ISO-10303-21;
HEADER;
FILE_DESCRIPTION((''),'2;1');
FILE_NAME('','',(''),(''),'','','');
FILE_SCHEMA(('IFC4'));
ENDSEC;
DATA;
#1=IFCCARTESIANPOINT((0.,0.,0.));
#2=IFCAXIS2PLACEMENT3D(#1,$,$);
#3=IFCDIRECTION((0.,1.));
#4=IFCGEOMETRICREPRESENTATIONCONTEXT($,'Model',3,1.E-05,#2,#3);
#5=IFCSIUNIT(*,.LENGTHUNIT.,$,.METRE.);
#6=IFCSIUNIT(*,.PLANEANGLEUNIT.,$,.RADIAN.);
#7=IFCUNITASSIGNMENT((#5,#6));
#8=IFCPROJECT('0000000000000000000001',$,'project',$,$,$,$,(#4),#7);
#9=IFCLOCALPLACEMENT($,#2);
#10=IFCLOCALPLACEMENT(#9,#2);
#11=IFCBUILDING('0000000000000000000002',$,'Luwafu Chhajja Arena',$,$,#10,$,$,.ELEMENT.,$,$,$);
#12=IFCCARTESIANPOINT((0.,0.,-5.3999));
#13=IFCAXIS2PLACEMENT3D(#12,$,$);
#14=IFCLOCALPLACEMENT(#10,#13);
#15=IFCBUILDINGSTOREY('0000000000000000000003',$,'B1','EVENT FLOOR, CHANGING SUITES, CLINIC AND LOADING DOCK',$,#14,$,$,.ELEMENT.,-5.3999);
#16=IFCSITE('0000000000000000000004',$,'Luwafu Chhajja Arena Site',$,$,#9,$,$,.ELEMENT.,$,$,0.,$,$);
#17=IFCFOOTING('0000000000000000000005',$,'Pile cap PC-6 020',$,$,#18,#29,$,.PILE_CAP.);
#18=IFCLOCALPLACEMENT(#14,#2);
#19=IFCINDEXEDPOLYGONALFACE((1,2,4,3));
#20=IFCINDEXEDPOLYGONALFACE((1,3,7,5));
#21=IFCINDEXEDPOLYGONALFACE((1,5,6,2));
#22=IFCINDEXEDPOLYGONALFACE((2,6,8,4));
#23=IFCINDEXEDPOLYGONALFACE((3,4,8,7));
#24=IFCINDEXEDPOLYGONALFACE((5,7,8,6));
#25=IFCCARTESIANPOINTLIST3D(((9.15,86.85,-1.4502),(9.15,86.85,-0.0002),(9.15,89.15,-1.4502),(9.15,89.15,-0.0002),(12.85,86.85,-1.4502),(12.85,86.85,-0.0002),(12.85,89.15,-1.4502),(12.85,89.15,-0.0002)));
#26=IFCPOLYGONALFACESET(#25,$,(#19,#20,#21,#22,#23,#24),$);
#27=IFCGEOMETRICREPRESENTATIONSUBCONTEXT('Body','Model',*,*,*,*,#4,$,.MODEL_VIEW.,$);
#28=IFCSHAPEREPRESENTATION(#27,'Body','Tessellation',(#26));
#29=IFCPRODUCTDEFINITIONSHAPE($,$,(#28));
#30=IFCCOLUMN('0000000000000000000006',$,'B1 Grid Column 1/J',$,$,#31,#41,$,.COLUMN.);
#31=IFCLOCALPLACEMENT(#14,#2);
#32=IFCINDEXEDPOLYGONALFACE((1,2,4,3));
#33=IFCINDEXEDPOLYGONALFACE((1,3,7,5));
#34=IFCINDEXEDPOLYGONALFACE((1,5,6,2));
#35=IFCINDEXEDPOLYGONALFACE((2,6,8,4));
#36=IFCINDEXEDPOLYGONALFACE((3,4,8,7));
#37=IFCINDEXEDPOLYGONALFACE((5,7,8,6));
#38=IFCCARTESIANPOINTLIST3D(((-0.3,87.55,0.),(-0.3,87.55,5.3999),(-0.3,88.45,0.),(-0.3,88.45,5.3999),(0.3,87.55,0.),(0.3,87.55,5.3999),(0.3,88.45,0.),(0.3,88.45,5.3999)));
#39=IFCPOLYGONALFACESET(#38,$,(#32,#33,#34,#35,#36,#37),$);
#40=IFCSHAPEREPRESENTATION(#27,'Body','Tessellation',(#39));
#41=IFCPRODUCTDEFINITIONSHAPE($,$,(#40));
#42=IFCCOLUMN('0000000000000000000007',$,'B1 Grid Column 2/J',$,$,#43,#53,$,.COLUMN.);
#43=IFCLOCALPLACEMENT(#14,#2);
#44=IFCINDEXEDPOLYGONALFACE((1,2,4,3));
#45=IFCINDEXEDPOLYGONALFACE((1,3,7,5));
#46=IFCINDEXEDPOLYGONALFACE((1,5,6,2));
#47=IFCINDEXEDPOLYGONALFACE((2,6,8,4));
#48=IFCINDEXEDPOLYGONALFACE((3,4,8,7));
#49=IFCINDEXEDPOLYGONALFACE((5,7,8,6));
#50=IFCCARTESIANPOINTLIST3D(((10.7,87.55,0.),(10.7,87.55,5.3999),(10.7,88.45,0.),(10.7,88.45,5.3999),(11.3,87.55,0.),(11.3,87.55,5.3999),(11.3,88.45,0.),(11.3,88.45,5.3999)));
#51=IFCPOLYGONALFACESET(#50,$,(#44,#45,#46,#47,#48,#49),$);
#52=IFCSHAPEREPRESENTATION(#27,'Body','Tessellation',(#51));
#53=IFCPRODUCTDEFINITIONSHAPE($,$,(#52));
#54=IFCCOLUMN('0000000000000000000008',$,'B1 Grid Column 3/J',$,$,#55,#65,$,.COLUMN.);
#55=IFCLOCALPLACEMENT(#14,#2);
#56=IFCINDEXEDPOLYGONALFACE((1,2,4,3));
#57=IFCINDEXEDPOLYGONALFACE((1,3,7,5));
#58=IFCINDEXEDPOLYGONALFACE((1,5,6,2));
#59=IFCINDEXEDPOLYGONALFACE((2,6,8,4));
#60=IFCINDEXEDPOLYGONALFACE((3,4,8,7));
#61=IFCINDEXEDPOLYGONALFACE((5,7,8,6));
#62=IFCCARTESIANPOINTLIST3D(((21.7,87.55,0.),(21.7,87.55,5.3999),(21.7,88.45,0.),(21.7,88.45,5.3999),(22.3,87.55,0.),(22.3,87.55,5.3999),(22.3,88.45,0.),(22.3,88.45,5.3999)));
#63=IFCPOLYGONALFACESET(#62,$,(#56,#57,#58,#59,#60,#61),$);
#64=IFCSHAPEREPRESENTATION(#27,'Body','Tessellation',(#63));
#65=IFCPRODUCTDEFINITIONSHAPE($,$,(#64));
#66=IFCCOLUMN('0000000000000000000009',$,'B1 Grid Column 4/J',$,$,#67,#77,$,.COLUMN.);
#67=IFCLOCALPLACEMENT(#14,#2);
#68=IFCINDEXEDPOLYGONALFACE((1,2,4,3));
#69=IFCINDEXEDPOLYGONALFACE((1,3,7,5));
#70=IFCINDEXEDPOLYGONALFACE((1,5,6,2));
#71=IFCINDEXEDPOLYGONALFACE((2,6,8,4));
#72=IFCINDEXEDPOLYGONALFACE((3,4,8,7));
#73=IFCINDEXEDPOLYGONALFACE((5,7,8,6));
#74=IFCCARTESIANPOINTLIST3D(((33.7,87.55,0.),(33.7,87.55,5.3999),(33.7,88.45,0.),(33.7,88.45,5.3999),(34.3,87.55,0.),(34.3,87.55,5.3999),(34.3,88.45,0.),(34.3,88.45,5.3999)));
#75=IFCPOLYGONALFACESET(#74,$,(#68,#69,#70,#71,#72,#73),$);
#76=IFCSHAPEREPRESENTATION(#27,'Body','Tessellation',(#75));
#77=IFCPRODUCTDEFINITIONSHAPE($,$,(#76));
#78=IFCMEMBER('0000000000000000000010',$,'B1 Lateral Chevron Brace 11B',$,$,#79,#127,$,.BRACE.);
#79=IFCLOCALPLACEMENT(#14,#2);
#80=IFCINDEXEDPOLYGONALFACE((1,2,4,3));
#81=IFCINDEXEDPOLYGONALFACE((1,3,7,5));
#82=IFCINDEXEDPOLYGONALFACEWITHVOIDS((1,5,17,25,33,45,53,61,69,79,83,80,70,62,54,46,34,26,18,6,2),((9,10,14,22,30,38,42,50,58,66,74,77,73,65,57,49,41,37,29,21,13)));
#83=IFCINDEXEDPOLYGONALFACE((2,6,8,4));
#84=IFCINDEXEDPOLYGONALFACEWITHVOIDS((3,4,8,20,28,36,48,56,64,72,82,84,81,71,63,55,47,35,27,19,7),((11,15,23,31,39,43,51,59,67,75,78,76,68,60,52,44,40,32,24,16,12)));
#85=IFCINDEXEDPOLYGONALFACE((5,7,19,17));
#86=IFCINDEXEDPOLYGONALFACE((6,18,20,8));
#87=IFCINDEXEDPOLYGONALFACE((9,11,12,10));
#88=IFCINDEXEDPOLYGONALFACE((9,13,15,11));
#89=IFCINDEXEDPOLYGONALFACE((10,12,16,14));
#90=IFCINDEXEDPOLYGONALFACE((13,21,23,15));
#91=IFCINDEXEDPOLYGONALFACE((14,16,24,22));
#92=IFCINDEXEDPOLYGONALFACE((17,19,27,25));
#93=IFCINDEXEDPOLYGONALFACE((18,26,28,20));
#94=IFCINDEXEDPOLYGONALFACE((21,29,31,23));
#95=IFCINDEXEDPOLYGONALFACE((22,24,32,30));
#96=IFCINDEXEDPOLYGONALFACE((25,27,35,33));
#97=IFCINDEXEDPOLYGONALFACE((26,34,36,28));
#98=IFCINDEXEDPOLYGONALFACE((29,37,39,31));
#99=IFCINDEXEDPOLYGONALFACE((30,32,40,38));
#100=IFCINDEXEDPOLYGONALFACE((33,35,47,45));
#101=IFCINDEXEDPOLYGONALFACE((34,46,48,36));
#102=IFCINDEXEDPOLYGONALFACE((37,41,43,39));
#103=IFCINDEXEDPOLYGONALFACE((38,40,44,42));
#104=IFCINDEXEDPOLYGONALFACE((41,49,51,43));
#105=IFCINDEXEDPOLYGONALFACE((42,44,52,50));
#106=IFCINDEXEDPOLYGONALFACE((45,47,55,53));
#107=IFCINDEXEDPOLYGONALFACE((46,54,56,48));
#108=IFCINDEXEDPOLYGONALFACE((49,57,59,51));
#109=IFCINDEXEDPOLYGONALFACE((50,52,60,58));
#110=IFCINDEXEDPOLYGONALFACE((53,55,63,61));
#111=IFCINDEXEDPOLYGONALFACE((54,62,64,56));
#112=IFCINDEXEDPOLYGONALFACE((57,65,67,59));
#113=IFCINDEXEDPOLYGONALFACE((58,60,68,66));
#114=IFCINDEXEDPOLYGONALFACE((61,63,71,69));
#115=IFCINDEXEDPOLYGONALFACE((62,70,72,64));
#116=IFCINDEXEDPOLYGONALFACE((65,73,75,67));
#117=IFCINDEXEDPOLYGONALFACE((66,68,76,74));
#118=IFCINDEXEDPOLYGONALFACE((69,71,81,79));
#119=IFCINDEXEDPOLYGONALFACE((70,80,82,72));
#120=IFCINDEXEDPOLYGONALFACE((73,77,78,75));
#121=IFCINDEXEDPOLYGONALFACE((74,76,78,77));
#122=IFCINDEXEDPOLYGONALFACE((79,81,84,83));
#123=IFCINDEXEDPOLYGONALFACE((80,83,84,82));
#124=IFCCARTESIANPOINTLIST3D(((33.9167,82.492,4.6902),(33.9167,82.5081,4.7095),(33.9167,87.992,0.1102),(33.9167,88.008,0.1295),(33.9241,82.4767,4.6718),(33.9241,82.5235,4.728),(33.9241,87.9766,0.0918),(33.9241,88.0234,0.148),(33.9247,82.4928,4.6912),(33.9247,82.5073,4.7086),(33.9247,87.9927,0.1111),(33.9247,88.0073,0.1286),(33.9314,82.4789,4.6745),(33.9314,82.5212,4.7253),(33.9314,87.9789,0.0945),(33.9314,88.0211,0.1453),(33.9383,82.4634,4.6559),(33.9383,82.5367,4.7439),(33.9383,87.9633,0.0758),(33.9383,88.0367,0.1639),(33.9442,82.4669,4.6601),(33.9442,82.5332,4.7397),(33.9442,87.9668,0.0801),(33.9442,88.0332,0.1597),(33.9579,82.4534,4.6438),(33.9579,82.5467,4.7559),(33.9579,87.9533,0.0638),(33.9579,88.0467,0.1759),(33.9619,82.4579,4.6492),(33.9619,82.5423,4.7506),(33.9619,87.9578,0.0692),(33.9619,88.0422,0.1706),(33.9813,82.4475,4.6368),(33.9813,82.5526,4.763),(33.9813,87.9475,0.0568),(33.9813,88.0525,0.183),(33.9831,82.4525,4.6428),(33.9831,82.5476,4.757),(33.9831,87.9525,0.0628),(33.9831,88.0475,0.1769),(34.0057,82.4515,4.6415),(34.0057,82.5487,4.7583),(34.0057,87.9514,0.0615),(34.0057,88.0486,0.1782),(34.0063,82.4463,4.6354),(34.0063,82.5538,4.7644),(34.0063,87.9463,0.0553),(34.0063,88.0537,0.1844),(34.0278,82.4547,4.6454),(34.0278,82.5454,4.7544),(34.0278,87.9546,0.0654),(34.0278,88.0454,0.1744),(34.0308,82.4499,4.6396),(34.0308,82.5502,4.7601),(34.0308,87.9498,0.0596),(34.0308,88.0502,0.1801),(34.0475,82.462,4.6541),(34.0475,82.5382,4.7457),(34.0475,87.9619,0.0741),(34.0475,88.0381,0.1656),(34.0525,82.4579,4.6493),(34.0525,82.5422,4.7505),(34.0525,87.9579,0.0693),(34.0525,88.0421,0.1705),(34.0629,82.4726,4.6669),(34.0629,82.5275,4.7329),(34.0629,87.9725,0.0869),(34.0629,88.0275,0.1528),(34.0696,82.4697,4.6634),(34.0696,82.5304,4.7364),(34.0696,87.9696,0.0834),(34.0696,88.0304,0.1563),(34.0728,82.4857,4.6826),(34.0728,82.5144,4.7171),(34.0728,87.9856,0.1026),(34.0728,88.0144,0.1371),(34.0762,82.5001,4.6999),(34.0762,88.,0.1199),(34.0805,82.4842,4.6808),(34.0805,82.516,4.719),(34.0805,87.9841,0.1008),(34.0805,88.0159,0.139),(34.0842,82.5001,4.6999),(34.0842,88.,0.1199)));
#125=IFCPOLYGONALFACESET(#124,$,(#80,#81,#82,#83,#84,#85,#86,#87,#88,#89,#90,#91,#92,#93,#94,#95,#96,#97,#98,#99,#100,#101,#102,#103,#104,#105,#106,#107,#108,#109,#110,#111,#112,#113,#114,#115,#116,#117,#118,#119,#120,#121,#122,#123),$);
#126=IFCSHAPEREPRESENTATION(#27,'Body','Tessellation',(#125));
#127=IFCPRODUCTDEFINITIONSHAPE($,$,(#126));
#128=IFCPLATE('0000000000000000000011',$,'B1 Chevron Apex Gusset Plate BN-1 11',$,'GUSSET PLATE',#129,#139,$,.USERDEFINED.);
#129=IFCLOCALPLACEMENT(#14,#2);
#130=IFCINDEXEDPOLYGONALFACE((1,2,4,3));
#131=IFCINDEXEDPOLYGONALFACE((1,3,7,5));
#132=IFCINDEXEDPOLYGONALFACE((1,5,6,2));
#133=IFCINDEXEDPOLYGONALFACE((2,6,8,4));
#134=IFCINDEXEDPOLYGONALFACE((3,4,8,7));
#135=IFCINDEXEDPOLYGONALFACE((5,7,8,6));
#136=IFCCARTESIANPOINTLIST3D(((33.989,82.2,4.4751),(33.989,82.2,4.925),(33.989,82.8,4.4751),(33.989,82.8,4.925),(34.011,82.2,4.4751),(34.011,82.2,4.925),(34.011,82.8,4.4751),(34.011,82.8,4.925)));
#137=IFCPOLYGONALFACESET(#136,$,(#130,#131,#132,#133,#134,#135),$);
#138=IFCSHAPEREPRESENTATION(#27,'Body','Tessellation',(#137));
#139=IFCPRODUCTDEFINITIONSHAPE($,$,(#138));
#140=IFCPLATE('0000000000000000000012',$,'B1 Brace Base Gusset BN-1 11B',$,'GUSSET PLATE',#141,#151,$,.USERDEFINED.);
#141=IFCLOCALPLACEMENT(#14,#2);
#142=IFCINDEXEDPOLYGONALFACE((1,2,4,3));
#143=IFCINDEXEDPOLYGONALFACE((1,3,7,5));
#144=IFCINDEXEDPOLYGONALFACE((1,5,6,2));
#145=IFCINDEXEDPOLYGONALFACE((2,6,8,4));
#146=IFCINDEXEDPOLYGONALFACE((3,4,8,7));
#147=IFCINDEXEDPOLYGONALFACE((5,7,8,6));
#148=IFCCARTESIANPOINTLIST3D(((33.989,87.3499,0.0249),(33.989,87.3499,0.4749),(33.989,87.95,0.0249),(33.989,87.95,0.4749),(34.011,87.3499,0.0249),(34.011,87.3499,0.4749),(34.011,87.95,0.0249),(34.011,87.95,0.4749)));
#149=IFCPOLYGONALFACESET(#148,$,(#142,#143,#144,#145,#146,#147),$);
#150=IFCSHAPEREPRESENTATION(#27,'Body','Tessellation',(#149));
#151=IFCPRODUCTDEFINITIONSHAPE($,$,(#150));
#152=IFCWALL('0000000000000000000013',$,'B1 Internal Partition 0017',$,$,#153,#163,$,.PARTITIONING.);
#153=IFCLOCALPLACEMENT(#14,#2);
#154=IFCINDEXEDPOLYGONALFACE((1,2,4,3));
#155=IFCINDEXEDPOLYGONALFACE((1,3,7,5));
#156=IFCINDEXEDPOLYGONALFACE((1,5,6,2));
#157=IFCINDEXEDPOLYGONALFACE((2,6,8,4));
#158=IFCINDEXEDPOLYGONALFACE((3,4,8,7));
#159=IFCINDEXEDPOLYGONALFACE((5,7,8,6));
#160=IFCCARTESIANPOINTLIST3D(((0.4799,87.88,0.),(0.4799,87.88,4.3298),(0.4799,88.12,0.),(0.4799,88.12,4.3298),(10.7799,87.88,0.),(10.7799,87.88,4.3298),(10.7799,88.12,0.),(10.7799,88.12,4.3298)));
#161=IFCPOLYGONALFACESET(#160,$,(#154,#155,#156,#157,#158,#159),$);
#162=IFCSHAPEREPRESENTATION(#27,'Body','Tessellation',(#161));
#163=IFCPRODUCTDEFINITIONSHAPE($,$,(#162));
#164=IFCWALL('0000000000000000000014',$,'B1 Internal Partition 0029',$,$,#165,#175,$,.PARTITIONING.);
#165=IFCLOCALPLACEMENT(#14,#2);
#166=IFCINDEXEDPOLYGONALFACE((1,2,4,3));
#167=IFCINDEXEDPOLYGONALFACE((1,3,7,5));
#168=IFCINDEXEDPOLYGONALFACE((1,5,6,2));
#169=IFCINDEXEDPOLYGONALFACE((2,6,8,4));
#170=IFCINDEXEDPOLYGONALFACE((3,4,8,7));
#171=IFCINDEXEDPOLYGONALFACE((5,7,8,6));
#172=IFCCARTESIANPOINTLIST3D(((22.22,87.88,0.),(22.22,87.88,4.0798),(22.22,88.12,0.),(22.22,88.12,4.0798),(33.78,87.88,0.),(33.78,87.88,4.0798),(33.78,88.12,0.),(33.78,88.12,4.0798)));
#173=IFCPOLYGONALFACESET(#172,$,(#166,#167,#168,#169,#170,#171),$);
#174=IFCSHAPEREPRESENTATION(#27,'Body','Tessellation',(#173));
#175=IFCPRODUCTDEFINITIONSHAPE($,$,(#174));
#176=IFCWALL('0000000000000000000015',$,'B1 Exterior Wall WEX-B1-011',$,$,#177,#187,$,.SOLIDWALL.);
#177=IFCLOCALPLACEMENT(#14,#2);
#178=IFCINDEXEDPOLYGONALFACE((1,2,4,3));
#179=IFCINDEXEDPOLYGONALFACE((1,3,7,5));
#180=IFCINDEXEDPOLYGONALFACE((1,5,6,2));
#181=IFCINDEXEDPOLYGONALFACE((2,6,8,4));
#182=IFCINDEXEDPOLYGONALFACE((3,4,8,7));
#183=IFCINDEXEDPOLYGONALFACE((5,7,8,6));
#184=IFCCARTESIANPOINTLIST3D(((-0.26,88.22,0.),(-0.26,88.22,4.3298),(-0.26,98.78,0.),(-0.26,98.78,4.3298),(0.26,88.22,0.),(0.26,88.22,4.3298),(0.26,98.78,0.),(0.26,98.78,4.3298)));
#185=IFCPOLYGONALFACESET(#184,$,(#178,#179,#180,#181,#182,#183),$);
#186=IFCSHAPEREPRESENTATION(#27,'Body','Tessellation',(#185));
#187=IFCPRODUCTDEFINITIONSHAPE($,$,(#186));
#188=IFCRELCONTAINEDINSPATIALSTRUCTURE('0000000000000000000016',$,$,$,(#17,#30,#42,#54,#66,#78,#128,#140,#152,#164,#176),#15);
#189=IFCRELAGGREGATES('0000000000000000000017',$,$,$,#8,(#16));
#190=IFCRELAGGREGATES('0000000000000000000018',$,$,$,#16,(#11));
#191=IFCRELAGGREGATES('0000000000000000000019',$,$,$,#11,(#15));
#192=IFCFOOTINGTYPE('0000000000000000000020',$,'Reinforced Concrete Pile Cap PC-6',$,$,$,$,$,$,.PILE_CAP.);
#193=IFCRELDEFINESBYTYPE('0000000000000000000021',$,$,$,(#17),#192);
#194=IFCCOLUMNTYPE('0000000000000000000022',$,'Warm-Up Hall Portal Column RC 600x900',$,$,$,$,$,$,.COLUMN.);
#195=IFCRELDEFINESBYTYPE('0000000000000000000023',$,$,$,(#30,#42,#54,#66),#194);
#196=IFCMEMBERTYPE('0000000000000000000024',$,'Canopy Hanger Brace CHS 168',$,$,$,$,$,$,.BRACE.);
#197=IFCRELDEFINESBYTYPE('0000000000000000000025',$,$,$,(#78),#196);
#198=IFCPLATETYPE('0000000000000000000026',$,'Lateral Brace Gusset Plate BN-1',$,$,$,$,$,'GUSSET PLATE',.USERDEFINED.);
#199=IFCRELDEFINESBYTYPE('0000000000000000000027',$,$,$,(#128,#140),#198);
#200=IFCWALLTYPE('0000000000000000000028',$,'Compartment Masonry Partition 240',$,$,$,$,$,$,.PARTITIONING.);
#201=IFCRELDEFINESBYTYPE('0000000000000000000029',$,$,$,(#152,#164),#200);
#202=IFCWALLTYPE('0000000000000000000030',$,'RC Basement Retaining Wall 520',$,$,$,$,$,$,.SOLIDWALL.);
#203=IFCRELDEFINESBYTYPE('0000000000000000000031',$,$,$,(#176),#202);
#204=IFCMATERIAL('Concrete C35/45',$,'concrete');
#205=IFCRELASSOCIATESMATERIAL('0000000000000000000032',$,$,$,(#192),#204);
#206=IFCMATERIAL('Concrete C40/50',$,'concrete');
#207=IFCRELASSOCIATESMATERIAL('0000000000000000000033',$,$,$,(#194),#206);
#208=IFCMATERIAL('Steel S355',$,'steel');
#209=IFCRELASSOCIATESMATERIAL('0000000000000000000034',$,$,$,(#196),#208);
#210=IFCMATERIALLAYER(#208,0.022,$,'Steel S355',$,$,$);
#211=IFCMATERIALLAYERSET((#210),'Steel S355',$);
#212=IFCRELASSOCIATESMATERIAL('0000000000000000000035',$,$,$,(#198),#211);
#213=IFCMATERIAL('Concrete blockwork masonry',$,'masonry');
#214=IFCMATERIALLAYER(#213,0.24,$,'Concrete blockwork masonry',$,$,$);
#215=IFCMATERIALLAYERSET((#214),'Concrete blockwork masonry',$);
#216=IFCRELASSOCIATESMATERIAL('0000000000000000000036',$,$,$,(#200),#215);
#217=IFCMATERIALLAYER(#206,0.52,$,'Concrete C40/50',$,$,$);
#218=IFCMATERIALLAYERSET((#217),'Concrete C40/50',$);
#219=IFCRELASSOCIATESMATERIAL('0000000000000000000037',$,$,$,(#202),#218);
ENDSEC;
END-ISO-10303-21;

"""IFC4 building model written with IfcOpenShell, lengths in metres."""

from ifc_helpers import new_model, si_unit, direction, frame, frame_2d, origin, origin_2d, place, context, subcontext, project, spatial, rectangle, hollow_circle, extrude, material, layer, layer_set, material_profile, profile_set, type_object, element, save


model = new_model("IFC4")

# Units and contexts
model_context = context("Model", 3, precision=1e-05, world=origin(), true_north=direction((0.0, 1.0)))
body_context = subcontext(model_context, "Body", "Model", "MODEL_VIEW")
ifc_project = project(units=[si_unit("LENGTHUNIT", "METRE"), si_unit("PLANEANGLEUNIT", "RADIAN")], contexts=[model_context])

# Site, building, storey
site_placement = place(None, origin())
site = spatial("IfcSite", under=ifc_project, at=site_placement, Name="Luwafu Chhajja Arena Site", CompositionType="ELEMENT", RefElevation=0.0)
building_placement = place(site_placement, origin())
building = spatial("IfcBuilding", under=site, at=building_placement, Name="Luwafu Chhajja Arena", CompositionType="ELEMENT")
storey_placement = place(building_placement, frame((0.0, 0.0, -5.3999)))
storey = spatial("IfcBuildingStorey", under=building, at=storey_placement, Name="B1", Description="EVENT FLOOR, CHANGING SUITES, CLINIC AND LOADING DOCK", CompositionType="ELEMENT", Elevation=-5.3999)

# Shared definitions
ifc_material_1 = material(Name="Concrete C35/45", Category="concrete")

# Footing
footing_type_1 = type_object("IfcFootingType", Name="Reinforced Concrete Pile Cap PC-6", PredefinedType="PILE_CAP", material=ifc_material_1)
footing_1_placement = place(storey_placement, frame((11.0, 88.0, -1.4502), z_axis=(0.0, 0.0, 1.0), x_axis=(1.0, 0.0, 0.0)))
element("IfcFooting", 1, at=footing_1_placement, inside=storey, type_object=footing_type_1, Name="Pile cap PC-6 020", PredefinedType="PILE_CAP", context=body_context, shape_type="SweptSolid", body=[
    extrude(rectangle(XDim=3.7, YDim=2.3, at=origin_2d()), origin(), (0.0, 0.0, 1.0), 1.45),
])

# Columns
ifc_material_2 = material(Name="Concrete C40/50", Category="concrete")
ifc_material_profile_1 = material_profile(ifc_material_2, rectangle(XDim=0.6001, YDim=0.8999, at=origin_2d()), Name="RC 600x900")
ifc_profile_set_1 = profile_set([ifc_material_profile_1], Name="Concrete C40/50")
column_type = type_object("IfcColumnType", Name="Warm-Up Hall Portal Column RC 600x900", PredefinedType="COLUMN", material=ifc_profile_set_1)
for number, where, z_axis, x_axis, name in (
    (2, (0.0, 88.0, 0.0), (0.0, 0.0, 1.0), (1.0, 0.0, 0.0), "B1 Grid Column 1/J"),
    (3, (11.0, 88.0, 0.0), (0.0, 0.0, 1.0), (1.0, 0.0, 0.0), "B1 Grid Column 2/J"),
    (4, (22.0, 88.0, 0.0), (0.0, 0.0, 1.0), (1.0, 0.0, 0.0), "B1 Grid Column 3/J"),
    (5, (34.0, 88.0, 0.0), (0.0, 0.0, 1.0), (1.0, 0.0, 0.0), "B1 Grid Column 4/J"),
):
    element("IfcColumn", number, at=place(storey_placement, frame(where, z_axis=z_axis, x_axis=x_axis)), inside=storey, type_object=column_type, Name=name, PredefinedType="COLUMN", context=body_context, shape_type="SweptSolid", body=[
        extrude(rectangle(XDim=0.6001, YDim=0.8999, at=origin_2d()), origin(), (0.0, 0.0, 1.0), 5.3999),
    ])

# Member
ifc_material_3 = material(Name="Steel S355", Category="steel")
ifc_material_profile_2 = material_profile(ifc_material_3, hollow_circle(Radius=0.0842, WallThickness=0.0081, at=origin_2d()), Name="CHS 168.3x8")
ifc_profile_set_2 = profile_set([ifc_material_profile_2], Name="Steel S355")
member_type = type_object("IfcMemberType", Name="Canopy Hanger Brace CHS 168", PredefinedType="BRACE", material=ifc_profile_set_2)
member_placement = place(storey_placement, frame((34.0, 88.0, 0.1199), z_axis=(0.0, -0.768445, 0.639916), x_axis=(1.0, 0.0, 0.0)))
element("IfcMember", 6, at=member_placement, inside=storey, type_object=member_type, Name="B1 Lateral Chevron Brace 11B", PredefinedType="BRACE", context=body_context, shape_type="SweptSolid", body=[
    extrude(hollow_circle(Radius=0.0842, WallThickness=0.0081, at=origin_2d()), origin(), (0.0, 0.0, 1.0), 7.1572),
])

# Plates
ifc_layer_1 = layer(ifc_material_3, 0.022, Name="Steel S355")
ifc_layer_set_1 = layer_set([ifc_layer_1], Name="Steel S355")
plate_type = type_object("IfcPlateType", Name="Lateral Brace Gusset Plate BN-1", ElementType="GUSSET PLATE", PredefinedType="USERDEFINED", material=ifc_layer_set_1)
for number, where, z_axis, x_axis, name in (
    (7, (34.0, 82.5, 4.4751), (0.0, 0.0, 1.0), (1.0, 0.0, 0.0), "B1 Chevron Apex Gusset Plate BN-1 11"),
    (8, (34.0, 87.6499, 0.0249), (0.0, 0.0, 1.0), (1.0, 0.0, 0.0), "B1 Brace Base Gusset BN-1 11B"),
):
    element("IfcPlate", number, at=place(storey_placement, frame(where, z_axis=z_axis, x_axis=x_axis)), inside=storey, type_object=plate_type, Name=name, ObjectType="GUSSET PLATE", PredefinedType="USERDEFINED", context=body_context, shape_type="SweptSolid", body=[
        extrude(rectangle(XDim=0.022, YDim=0.6001, at=origin_2d()), origin(), (0.0, 0.0, 1.0), 0.45),
    ])

# Walls
ifc_material_4 = material(Name="Concrete blockwork masonry", Category="masonry")
ifc_layer_2 = layer(ifc_material_4, 0.24, Name="Concrete blockwork masonry")
ifc_layer_set_2 = layer_set([ifc_layer_2], Name="Concrete blockwork masonry")
wall_type_1 = type_object("IfcWallType", Name="Compartment Masonry Partition 240", PredefinedType="PARTITIONING", material=ifc_layer_set_2)
wall_1_placement = place(storey_placement, frame((0.48, 88.0, 0.0), z_axis=(0.0, 0.0, 1.0), x_axis=(1.0, 0.0, 0.0)))
element("IfcWall", 9, at=wall_1_placement, inside=storey, type_object=wall_type_1, Name="B1 Internal Partition 0017", PredefinedType="PARTITIONING", context=body_context, shape_type="SweptSolid", body=[
    extrude(rectangle(XDim=10.3, YDim=0.24, at=frame_2d((5.1499, 0.0))), origin(), (0.0, 0.0, 1.0), 4.3298),
])
wall_2_placement = place(storey_placement, frame((22.22, 88.0, 0.0), z_axis=(0.0, 0.0, 1.0), x_axis=(1.0, 0.0, 0.0)))
element("IfcWall", 10, at=wall_2_placement, inside=storey, type_object=wall_type_1, Name="B1 Internal Partition 0029", PredefinedType="PARTITIONING", context=body_context, shape_type="SweptSolid", body=[
    extrude(rectangle(XDim=11.5601, YDim=0.24, at=frame_2d((5.78, 0.0))), origin(), (0.0, 0.0, 1.0), 4.0798),
])
ifc_layer_3 = layer(ifc_material_2, 0.52, Name="Concrete C40/50")
ifc_layer_set_3 = layer_set([ifc_layer_3], Name="Concrete C40/50")
wall_type_2 = type_object("IfcWallType", Name="RC Basement Retaining Wall 520", PredefinedType="SOLIDWALL", material=ifc_layer_set_3)
wall_3_placement = place(storey_placement, frame((0.0, 88.22, 0.0), z_axis=(0.0, 0.0, 1.0), x_axis=(0.0, 1.0, 0.0)))
element("IfcWall", 11, at=wall_3_placement, inside=storey, type_object=wall_type_2, Name="B1 Exterior Wall WEX-B1-011", PredefinedType="SOLIDWALL", context=body_context, shape_type="SweptSolid", body=[
    extrude(rectangle(XDim=10.5601, YDim=0.52, at=frame_2d((5.28, 0.0))), origin(), (0.0, 0.0, 1.0), 4.3298),
])

save(model, "model.ifc")
